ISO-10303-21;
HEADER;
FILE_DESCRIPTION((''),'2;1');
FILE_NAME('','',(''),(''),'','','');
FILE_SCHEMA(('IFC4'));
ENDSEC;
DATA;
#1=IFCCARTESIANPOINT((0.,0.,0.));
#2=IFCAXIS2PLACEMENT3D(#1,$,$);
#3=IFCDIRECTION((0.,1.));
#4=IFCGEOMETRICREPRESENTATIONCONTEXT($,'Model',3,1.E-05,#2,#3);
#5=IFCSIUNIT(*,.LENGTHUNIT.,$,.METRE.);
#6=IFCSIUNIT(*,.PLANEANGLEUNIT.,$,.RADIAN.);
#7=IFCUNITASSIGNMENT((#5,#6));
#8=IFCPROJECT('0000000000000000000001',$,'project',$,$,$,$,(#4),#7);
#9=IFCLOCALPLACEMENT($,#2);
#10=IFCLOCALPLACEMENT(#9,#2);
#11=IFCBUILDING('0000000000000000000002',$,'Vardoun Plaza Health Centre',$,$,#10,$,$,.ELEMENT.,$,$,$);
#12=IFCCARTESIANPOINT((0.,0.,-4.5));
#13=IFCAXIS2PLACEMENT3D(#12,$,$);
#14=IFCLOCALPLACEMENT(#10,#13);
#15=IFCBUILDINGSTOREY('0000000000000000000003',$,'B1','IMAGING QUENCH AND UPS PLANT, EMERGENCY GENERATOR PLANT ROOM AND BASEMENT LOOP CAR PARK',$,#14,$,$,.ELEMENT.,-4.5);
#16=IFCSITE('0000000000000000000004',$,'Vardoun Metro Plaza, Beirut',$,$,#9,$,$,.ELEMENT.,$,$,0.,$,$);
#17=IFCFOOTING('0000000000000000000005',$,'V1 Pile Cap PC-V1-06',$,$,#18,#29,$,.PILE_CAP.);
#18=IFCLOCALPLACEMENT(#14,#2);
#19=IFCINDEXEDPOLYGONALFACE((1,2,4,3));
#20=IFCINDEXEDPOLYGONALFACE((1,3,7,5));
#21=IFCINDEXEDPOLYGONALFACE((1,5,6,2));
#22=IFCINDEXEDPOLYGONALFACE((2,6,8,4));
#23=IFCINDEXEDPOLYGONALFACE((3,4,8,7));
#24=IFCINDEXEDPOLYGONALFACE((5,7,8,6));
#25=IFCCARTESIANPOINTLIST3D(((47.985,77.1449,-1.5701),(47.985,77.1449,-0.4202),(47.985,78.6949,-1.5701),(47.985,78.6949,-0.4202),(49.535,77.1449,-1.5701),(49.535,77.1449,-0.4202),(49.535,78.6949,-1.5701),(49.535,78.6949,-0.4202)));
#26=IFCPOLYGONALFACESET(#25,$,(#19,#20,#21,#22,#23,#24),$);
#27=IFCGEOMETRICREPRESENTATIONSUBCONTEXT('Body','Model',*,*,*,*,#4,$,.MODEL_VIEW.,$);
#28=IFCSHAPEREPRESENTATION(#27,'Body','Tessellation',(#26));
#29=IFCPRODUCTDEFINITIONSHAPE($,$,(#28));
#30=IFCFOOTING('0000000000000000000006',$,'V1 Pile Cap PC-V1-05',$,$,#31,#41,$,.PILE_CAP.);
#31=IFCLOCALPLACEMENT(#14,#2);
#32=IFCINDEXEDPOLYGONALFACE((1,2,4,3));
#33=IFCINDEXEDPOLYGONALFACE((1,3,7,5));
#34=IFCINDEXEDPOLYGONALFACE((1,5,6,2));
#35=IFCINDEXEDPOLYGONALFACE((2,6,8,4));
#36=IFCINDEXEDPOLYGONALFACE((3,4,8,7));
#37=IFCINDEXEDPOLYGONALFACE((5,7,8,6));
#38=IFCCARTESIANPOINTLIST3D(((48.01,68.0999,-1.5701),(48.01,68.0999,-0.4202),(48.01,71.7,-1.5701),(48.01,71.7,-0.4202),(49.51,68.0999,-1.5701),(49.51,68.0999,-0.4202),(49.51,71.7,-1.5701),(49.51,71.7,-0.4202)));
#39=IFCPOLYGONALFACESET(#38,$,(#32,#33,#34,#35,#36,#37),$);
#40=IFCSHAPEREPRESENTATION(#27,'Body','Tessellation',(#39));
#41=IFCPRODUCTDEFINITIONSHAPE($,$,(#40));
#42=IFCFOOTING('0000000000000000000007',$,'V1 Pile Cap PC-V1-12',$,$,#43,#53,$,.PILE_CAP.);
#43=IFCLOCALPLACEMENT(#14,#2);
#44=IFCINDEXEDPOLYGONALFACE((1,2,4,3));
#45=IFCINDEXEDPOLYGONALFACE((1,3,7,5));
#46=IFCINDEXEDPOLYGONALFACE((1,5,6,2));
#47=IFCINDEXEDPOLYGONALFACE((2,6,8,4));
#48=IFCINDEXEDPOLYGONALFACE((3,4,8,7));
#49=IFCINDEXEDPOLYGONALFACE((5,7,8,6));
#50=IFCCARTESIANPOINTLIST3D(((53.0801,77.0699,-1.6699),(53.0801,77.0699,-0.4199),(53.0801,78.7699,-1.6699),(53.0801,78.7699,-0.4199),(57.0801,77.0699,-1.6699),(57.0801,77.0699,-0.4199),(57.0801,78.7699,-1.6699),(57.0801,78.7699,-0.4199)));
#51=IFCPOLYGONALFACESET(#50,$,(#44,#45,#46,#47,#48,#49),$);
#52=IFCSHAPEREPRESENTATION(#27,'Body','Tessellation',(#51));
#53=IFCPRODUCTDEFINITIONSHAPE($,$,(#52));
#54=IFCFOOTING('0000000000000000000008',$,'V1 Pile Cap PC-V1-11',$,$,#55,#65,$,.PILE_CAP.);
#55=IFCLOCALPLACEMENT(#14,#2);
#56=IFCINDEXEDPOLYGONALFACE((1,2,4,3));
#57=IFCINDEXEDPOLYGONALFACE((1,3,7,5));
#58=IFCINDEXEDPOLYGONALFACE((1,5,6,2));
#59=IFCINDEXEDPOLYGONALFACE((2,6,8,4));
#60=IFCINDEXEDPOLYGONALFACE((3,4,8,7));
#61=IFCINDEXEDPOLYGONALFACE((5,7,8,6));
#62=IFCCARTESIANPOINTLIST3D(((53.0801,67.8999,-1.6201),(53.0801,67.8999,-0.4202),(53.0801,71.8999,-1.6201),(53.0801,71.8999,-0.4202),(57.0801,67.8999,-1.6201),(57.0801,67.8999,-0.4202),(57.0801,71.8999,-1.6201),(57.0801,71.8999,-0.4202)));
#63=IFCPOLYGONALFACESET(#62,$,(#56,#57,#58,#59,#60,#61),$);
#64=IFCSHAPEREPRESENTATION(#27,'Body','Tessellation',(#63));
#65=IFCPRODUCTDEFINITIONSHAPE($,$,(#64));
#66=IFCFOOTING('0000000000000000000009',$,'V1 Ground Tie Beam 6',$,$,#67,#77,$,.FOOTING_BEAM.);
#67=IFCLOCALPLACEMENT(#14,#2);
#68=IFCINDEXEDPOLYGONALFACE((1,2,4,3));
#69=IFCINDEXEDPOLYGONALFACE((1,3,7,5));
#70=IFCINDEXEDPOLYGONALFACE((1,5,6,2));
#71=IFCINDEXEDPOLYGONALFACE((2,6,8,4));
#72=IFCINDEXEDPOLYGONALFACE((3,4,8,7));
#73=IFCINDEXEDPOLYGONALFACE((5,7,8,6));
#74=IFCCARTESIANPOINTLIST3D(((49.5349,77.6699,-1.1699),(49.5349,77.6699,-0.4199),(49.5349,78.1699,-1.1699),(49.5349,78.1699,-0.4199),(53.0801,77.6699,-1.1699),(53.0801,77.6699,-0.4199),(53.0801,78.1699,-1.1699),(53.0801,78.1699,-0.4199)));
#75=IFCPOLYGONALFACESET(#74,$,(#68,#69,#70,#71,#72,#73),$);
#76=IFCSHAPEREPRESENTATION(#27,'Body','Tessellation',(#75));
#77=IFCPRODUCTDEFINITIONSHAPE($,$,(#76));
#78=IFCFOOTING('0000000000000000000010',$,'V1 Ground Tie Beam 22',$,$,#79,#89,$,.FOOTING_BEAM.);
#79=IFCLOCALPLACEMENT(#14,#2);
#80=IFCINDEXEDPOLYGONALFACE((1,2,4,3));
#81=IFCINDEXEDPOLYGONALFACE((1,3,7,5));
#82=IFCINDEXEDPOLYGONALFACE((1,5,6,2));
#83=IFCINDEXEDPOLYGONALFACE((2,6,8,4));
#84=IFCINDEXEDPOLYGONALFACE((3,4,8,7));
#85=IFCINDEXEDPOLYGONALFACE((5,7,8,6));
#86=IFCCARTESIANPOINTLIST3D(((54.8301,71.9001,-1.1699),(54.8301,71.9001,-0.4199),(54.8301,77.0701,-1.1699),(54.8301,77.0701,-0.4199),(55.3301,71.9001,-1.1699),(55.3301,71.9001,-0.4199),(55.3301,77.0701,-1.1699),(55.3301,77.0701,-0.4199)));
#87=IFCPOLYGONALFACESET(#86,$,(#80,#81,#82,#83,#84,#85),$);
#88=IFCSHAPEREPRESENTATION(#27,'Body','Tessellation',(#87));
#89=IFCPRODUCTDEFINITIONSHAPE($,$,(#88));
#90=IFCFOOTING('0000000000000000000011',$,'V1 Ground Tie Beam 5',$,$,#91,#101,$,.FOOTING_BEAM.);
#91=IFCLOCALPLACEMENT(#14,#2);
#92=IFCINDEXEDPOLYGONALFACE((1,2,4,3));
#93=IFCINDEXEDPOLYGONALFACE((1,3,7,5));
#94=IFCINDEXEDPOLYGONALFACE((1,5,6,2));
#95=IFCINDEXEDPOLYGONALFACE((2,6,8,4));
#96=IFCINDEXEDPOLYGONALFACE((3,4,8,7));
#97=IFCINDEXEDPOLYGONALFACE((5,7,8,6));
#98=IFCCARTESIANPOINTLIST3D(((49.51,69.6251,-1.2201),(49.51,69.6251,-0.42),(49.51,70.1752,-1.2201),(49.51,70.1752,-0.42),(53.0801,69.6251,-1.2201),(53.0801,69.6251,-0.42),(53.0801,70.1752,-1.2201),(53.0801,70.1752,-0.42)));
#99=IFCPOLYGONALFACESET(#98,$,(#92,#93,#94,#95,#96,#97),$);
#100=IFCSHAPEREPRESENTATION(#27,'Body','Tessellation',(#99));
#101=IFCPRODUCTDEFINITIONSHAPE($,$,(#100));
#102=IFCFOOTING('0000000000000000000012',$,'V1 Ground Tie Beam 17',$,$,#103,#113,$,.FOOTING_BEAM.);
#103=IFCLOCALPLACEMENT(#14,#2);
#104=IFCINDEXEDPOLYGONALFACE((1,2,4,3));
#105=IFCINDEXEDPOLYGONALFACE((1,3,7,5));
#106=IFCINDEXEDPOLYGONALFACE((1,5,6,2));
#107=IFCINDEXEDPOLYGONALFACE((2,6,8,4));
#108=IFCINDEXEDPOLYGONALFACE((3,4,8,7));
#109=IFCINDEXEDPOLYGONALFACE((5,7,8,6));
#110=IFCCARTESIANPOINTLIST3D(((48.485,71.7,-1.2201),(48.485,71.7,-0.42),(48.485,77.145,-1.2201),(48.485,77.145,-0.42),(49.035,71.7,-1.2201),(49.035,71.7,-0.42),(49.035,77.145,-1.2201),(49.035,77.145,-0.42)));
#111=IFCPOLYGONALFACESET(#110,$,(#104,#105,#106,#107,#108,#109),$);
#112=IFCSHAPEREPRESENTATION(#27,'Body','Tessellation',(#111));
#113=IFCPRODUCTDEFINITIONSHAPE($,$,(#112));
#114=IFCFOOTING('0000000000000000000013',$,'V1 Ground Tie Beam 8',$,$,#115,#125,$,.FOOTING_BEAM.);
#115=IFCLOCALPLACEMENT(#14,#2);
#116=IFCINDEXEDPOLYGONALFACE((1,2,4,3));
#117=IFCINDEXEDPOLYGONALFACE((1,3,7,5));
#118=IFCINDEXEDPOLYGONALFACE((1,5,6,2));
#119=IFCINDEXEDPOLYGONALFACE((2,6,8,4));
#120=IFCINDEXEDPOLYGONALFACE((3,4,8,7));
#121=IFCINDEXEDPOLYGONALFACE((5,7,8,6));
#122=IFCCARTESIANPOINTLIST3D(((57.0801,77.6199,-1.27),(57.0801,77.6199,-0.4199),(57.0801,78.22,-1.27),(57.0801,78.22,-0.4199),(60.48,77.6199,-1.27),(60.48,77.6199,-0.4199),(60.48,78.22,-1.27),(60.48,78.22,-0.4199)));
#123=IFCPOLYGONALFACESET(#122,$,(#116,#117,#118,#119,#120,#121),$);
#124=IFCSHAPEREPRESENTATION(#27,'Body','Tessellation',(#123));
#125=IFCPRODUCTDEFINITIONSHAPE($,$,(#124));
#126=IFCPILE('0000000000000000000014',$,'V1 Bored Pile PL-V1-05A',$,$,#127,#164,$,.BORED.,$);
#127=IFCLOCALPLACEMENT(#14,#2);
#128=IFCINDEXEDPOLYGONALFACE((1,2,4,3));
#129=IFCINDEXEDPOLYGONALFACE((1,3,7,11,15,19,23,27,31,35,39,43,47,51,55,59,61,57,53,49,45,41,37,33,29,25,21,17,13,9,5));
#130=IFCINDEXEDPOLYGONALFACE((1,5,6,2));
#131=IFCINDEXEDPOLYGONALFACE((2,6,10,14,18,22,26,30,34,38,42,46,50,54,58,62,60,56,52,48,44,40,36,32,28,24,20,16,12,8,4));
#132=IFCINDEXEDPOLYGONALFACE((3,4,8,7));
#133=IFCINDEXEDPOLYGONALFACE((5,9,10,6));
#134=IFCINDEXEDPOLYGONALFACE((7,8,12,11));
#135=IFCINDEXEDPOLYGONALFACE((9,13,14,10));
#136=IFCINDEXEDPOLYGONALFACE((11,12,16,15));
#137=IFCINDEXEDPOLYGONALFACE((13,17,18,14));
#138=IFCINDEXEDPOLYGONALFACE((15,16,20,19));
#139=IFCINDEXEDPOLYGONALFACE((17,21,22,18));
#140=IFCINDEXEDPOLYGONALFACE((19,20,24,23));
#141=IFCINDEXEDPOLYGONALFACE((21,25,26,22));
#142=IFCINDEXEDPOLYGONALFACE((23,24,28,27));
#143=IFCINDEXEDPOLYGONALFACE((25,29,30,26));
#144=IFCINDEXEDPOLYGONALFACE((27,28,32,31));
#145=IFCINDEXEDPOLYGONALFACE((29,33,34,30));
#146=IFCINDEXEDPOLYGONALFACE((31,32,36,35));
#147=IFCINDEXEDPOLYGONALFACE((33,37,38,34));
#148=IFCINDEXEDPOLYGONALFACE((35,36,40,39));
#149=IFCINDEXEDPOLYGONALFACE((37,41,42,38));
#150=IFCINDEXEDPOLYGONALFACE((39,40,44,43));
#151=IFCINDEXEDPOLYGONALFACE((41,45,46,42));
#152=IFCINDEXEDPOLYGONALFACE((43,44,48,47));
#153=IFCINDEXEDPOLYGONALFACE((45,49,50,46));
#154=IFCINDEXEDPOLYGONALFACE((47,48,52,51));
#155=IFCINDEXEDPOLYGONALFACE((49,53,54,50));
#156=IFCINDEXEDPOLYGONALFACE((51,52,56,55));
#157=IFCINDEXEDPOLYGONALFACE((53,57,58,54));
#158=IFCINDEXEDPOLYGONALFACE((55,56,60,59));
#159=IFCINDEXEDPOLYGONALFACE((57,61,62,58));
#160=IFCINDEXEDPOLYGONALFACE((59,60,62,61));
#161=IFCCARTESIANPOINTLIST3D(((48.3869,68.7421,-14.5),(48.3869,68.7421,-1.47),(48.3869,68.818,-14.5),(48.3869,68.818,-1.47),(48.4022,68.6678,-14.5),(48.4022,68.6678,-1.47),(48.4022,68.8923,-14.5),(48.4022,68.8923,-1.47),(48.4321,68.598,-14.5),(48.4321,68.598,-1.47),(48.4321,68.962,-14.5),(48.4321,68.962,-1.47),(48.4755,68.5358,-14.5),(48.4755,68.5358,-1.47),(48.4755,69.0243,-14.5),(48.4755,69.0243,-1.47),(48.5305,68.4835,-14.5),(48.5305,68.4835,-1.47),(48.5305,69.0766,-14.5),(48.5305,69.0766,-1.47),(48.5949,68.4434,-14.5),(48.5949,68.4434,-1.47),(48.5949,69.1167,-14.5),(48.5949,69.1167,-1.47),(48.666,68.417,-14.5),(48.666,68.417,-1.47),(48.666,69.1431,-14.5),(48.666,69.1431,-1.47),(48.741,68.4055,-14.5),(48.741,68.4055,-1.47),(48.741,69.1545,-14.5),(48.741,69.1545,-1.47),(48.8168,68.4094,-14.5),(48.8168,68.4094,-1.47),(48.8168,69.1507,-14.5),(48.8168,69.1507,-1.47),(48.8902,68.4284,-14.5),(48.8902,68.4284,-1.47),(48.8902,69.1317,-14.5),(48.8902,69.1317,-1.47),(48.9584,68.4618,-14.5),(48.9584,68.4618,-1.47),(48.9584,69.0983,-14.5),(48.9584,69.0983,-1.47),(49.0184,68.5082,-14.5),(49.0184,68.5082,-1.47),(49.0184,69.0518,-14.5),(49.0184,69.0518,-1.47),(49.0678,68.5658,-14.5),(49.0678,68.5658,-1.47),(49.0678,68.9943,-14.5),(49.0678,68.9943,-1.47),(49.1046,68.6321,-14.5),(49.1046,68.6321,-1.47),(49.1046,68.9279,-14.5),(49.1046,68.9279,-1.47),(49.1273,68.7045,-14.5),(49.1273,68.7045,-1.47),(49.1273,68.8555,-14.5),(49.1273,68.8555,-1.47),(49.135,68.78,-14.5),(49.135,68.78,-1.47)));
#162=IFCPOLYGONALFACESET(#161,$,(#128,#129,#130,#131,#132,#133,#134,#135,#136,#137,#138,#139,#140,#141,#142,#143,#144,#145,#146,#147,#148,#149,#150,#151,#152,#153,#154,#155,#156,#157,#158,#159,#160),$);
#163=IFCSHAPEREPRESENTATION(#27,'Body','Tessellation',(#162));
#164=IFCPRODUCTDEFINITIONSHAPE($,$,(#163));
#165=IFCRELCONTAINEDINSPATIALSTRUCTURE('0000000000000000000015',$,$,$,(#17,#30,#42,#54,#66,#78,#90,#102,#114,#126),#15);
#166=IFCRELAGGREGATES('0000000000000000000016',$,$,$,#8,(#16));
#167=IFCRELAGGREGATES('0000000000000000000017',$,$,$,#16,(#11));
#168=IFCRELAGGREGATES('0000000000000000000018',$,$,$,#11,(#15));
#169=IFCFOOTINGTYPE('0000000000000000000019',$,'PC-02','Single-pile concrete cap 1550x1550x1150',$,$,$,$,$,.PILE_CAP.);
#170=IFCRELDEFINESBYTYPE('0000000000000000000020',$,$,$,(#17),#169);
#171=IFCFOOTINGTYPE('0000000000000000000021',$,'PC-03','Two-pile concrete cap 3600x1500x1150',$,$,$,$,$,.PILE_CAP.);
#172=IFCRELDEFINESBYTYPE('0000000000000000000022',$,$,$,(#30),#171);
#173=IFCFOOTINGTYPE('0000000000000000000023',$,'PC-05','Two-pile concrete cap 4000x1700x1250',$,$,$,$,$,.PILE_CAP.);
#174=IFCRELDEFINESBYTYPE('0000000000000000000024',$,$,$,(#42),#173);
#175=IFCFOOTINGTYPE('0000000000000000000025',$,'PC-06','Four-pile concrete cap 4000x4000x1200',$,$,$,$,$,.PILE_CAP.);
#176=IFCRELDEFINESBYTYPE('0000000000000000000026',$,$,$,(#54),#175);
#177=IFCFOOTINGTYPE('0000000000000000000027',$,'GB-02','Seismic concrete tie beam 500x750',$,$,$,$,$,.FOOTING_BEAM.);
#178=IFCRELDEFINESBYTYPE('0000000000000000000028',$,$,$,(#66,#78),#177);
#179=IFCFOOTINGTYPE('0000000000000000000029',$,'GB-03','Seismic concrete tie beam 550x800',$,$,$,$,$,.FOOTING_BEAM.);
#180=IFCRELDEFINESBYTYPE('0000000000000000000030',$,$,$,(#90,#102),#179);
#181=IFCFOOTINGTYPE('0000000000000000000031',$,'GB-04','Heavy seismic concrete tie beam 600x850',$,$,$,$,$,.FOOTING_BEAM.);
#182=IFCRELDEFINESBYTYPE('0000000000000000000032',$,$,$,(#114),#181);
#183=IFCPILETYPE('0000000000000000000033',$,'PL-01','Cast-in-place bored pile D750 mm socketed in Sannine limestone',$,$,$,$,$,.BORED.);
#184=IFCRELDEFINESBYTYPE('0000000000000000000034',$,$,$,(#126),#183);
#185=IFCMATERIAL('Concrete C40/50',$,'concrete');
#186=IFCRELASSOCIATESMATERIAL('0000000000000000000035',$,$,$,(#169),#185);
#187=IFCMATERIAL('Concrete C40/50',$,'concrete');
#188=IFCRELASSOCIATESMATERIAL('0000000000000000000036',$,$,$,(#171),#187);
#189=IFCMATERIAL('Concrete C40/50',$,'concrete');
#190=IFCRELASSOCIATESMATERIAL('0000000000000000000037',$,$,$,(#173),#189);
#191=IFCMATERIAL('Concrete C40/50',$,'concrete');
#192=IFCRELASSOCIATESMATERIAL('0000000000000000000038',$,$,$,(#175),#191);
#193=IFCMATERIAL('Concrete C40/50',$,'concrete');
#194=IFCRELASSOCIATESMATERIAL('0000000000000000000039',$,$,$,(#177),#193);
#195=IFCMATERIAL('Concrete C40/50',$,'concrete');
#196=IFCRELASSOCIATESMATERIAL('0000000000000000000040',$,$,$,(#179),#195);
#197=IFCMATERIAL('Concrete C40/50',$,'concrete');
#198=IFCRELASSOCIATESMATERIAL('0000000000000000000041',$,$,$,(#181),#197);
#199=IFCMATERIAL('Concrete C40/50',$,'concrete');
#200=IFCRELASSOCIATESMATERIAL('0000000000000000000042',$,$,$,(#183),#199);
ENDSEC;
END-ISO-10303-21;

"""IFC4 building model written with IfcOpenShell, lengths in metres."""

from ifc_helpers import new_model, si_unit, direction, frame, origin, origin_2d, place, context, subcontext, project, spatial, rectangle, circle, extrude, material, material_profile, profile_set, type_object, element, save


model = new_model("IFC4")

# Units and contexts
model_context = context("Model", 3, precision=1e-05, world=origin(), true_north=direction((0.0, 1.0)))
body_context = subcontext(model_context, "Body", "Model", "MODEL_VIEW")
ifc_project = project(units=[si_unit("LENGTHUNIT", "METRE"), si_unit("PLANEANGLEUNIT", "RADIAN")], contexts=[model_context])

# Site, building, storey
site_placement = place(None, origin())
site = spatial("IfcSite", under=ifc_project, at=site_placement, Name="Vardoun Metro Plaza, Beirut", CompositionType="ELEMENT", RefElevation=0.0)
building_placement = place(site_placement, origin())
building = spatial("IfcBuilding", under=site, at=building_placement, Name="Vardoun Plaza Health Centre", CompositionType="ELEMENT")
storey_placement = place(building_placement, frame((0.0, 0.0, -4.5)))
storey = spatial("IfcBuildingStorey", under=building, at=storey_placement, Name="B1", Description="IMAGING QUENCH AND UPS PLANT, EMERGENCY GENERATOR PLANT ROOM AND BASEMENT LOOP CAR PARK", CompositionType="ELEMENT", Elevation=-4.5)

# Footings
ifc_material_1 = material(Name="Concrete C40/50", Category="concrete")
footing_type_1 = type_object("IfcFootingType", Name="PC-02", Description="Single-pile concrete cap 1550x1550x1150", PredefinedType="PILE_CAP", material=ifc_material_1)
footing_1_placement = place(storey_placement, frame((48.76, 77.9199, -1.5701), z_axis=(0.0, 0.0, 1.0), x_axis=(1.0, 0.0, 0.0)))
element("IfcFooting", 1, at=footing_1_placement, inside=storey, type_object=footing_type_1, Name="V1 Pile Cap PC-V1-06", PredefinedType="PILE_CAP", context=body_context, shape_type="SweptSolid", body=[
    extrude(rectangle(XDim=1.55, YDim=1.55, at=origin_2d()), origin(), (0.0, 0.0, 1.0), 1.1499),
])
ifc_material_2 = material(Name="Concrete C40/50", Category="concrete")
footing_type_2 = type_object("IfcFootingType", Name="PC-03", Description="Two-pile concrete cap 3600x1500x1150", PredefinedType="PILE_CAP", material=ifc_material_2)
footing_2_placement = place(storey_placement, frame((48.76, 69.8999, -1.5701), z_axis=(0.0, 0.0, 1.0), x_axis=(0.0, 1.0, 0.0)))
element("IfcFooting", 2, at=footing_2_placement, inside=storey, type_object=footing_type_2, Name="V1 Pile Cap PC-V1-05", PredefinedType="PILE_CAP", context=body_context, shape_type="SweptSolid", body=[
    extrude(rectangle(XDim=3.6001, YDim=1.5, at=origin_2d()), origin(), (0.0, 0.0, 1.0), 1.1499),
])
ifc_material_3 = material(Name="Concrete C40/50", Category="concrete")
footing_type_3 = type_object("IfcFootingType", Name="PC-05", Description="Two-pile concrete cap 4000x1700x1250", PredefinedType="PILE_CAP", material=ifc_material_3)
footing_3_placement = place(storey_placement, frame((55.0801, 77.9199, -1.6699), z_axis=(0.0, 0.0, 1.0), x_axis=(1.0, 0.0, 0.0)))
element("IfcFooting", 3, at=footing_3_placement, inside=storey, type_object=footing_type_3, Name="V1 Pile Cap PC-V1-12", PredefinedType="PILE_CAP", context=body_context, shape_type="SweptSolid", body=[
    extrude(rectangle(XDim=4.0, YDim=1.7, at=origin_2d()), origin(), (0.0, 0.0, 1.0), 1.25),
])
ifc_material_4 = material(Name="Concrete C40/50", Category="concrete")
footing_type_4 = type_object("IfcFootingType", Name="PC-06", Description="Four-pile concrete cap 4000x4000x1200", PredefinedType="PILE_CAP", material=ifc_material_4)
footing_4_placement = place(storey_placement, frame((55.0801, 69.8999, -1.6201), z_axis=(0.0, 0.0, 1.0), x_axis=(1.0, 0.0, 0.0)))
element("IfcFooting", 4, at=footing_4_placement, inside=storey, type_object=footing_type_4, Name="V1 Pile Cap PC-V1-11", PredefinedType="PILE_CAP", context=body_context, shape_type="SweptSolid", body=[
    extrude(rectangle(XDim=4.0, YDim=4.0, at=origin_2d()), origin(), (0.0, 0.0, 1.0), 1.2),
])
ifc_material_5 = material(Name="Concrete C40/50", Category="concrete")
ifc_material_profile_1 = material_profile(ifc_material_5, rectangle(XDim=0.5, YDim=0.75, at=origin_2d()), Name="GB 500x750")
ifc_profile_set_1 = profile_set([ifc_material_profile_1], Name="Concrete C40/50")
footing_type_5 = type_object("IfcFootingType", Name="GB-02", Description="Seismic concrete tie beam 500x750", PredefinedType="FOOTING_BEAM", material=ifc_profile_set_1)
footing_5_placement = place(storey_placement, frame((49.5349, 77.9199, -0.7949), z_axis=(1.0, 0.0, 0.0), x_axis=(0.0, 1.0, 0.0)))
element("IfcFooting", 5, at=footing_5_placement, inside=storey, type_object=footing_type_5, Name="V1 Ground Tie Beam 6", PredefinedType="FOOTING_BEAM", context=body_context, shape_type="SweptSolid", body=[
    extrude(rectangle(XDim=0.5, YDim=0.75, at=origin_2d()), origin(), (0.0, 0.0, 1.0), 3.5452),
])
footing_6_placement = place(storey_placement, frame((55.0801, 71.9001, -0.7949), z_axis=(0.0, 1.0, 0.0), x_axis=(-1.0, 0.0, 0.0)))
element("IfcFooting", 6, at=footing_6_placement, inside=storey, type_object=footing_type_5, Name="V1 Ground Tie Beam 22", PredefinedType="FOOTING_BEAM", context=body_context, shape_type="SweptSolid", body=[
    extrude(rectangle(XDim=0.5, YDim=0.75, at=origin_2d()), origin(), (0.0, 0.0, 1.0), 5.1699),
])
ifc_material_6 = material(Name="Concrete C40/50", Category="concrete")
ifc_material_profile_2 = material_profile(ifc_material_6, rectangle(XDim=0.55, YDim=0.8, at=origin_2d()), Name="GB 550x800")
ifc_profile_set_2 = profile_set([ifc_material_profile_2], Name="Concrete C40/50")
footing_type_6 = type_object("IfcFootingType", Name="GB-03", Description="Seismic concrete tie beam 550x800", PredefinedType="FOOTING_BEAM", material=ifc_profile_set_2)
footing_7_placement = place(storey_placement, frame((49.51, 69.9001, -0.8201), z_axis=(1.0, 0.0, 0.0), x_axis=(0.0, 1.0, 0.0)))
element("IfcFooting", 7, at=footing_7_placement, inside=storey, type_object=footing_type_6, Name="V1 Ground Tie Beam 5", PredefinedType="FOOTING_BEAM", context=body_context, shape_type="SweptSolid", body=[
    extrude(rectangle(XDim=0.55, YDim=0.8, at=origin_2d()), origin(), (0.0, 0.0, 1.0), 3.5701),
])
footing_8_placement = place(storey_placement, frame((48.76, 71.7, -0.8201), z_axis=(0.0, 1.0, 0.0), x_axis=(-1.0, 0.0, 0.0)))
element("IfcFooting", 8, at=footing_8_placement, inside=storey, type_object=footing_type_6, Name="V1 Ground Tie Beam 17", PredefinedType="FOOTING_BEAM", context=body_context, shape_type="SweptSolid", body=[
    extrude(rectangle(XDim=0.55, YDim=0.8, at=origin_2d()), origin(), (0.0, 0.0, 1.0), 5.4451),
])
ifc_material_7 = material(Name="Concrete C40/50", Category="concrete")
ifc_material_profile_3 = material_profile(ifc_material_7, rectangle(XDim=0.6001, YDim=0.8501, at=origin_2d()), Name="GB 600x850")
ifc_profile_set_3 = profile_set([ifc_material_profile_3], Name="Concrete C40/50")
footing_type_7 = type_object("IfcFootingType", Name="GB-04", Description="Heavy seismic concrete tie beam 600x850", PredefinedType="FOOTING_BEAM", material=ifc_profile_set_3)
footing_9_placement = place(storey_placement, frame((57.0801, 77.9199, -0.845), z_axis=(1.0, 0.0, 0.0), x_axis=(0.0, 1.0, 0.0)))
element("IfcFooting", 9, at=footing_9_placement, inside=storey, type_object=footing_type_7, Name="V1 Ground Tie Beam 8", PredefinedType="FOOTING_BEAM", context=body_context, shape_type="SweptSolid", body=[
    extrude(rectangle(XDim=0.6001, YDim=0.8501, at=origin_2d()), origin(), (0.0, 0.0, 1.0), 3.3999),
])

# Pile
ifc_material_8 = material(Name="Concrete C40/50", Category="concrete")
ifc_material_profile_4 = material_profile(ifc_material_8, circle(Radius=0.375, at=origin_2d()), Name="PILE D750")
ifc_profile_set_4 = profile_set([ifc_material_profile_4], Name="Concrete C40/50")
pile_type_1 = type_object("IfcPileType", Name="PL-01", Description="Cast-in-place bored pile D750 mm socketed in Sannine limestone", PredefinedType="BORED", material=ifc_profile_set_4)
for number, where, z_axis, x_axis, name in (
    (10, (48.76, 68.78, -1.47), (0.0, 0.0, -1.0), (1.0, 0.0, 0.0), "V1 Bored Pile PL-V1-05A"),
):
    element("IfcPile", number, at=place(storey_placement, frame(where, z_axis=z_axis, x_axis=x_axis)), inside=storey, type_object=pile_type_1, Name=name, PredefinedType="BORED", context=body_context, shape_type="SweptSolid", body=[
        extrude(circle(Radius=0.375, at=origin_2d()), origin(), (0.0, 0.0, 1.0), 13.03),
    ])

save(model, "model.ifc")
